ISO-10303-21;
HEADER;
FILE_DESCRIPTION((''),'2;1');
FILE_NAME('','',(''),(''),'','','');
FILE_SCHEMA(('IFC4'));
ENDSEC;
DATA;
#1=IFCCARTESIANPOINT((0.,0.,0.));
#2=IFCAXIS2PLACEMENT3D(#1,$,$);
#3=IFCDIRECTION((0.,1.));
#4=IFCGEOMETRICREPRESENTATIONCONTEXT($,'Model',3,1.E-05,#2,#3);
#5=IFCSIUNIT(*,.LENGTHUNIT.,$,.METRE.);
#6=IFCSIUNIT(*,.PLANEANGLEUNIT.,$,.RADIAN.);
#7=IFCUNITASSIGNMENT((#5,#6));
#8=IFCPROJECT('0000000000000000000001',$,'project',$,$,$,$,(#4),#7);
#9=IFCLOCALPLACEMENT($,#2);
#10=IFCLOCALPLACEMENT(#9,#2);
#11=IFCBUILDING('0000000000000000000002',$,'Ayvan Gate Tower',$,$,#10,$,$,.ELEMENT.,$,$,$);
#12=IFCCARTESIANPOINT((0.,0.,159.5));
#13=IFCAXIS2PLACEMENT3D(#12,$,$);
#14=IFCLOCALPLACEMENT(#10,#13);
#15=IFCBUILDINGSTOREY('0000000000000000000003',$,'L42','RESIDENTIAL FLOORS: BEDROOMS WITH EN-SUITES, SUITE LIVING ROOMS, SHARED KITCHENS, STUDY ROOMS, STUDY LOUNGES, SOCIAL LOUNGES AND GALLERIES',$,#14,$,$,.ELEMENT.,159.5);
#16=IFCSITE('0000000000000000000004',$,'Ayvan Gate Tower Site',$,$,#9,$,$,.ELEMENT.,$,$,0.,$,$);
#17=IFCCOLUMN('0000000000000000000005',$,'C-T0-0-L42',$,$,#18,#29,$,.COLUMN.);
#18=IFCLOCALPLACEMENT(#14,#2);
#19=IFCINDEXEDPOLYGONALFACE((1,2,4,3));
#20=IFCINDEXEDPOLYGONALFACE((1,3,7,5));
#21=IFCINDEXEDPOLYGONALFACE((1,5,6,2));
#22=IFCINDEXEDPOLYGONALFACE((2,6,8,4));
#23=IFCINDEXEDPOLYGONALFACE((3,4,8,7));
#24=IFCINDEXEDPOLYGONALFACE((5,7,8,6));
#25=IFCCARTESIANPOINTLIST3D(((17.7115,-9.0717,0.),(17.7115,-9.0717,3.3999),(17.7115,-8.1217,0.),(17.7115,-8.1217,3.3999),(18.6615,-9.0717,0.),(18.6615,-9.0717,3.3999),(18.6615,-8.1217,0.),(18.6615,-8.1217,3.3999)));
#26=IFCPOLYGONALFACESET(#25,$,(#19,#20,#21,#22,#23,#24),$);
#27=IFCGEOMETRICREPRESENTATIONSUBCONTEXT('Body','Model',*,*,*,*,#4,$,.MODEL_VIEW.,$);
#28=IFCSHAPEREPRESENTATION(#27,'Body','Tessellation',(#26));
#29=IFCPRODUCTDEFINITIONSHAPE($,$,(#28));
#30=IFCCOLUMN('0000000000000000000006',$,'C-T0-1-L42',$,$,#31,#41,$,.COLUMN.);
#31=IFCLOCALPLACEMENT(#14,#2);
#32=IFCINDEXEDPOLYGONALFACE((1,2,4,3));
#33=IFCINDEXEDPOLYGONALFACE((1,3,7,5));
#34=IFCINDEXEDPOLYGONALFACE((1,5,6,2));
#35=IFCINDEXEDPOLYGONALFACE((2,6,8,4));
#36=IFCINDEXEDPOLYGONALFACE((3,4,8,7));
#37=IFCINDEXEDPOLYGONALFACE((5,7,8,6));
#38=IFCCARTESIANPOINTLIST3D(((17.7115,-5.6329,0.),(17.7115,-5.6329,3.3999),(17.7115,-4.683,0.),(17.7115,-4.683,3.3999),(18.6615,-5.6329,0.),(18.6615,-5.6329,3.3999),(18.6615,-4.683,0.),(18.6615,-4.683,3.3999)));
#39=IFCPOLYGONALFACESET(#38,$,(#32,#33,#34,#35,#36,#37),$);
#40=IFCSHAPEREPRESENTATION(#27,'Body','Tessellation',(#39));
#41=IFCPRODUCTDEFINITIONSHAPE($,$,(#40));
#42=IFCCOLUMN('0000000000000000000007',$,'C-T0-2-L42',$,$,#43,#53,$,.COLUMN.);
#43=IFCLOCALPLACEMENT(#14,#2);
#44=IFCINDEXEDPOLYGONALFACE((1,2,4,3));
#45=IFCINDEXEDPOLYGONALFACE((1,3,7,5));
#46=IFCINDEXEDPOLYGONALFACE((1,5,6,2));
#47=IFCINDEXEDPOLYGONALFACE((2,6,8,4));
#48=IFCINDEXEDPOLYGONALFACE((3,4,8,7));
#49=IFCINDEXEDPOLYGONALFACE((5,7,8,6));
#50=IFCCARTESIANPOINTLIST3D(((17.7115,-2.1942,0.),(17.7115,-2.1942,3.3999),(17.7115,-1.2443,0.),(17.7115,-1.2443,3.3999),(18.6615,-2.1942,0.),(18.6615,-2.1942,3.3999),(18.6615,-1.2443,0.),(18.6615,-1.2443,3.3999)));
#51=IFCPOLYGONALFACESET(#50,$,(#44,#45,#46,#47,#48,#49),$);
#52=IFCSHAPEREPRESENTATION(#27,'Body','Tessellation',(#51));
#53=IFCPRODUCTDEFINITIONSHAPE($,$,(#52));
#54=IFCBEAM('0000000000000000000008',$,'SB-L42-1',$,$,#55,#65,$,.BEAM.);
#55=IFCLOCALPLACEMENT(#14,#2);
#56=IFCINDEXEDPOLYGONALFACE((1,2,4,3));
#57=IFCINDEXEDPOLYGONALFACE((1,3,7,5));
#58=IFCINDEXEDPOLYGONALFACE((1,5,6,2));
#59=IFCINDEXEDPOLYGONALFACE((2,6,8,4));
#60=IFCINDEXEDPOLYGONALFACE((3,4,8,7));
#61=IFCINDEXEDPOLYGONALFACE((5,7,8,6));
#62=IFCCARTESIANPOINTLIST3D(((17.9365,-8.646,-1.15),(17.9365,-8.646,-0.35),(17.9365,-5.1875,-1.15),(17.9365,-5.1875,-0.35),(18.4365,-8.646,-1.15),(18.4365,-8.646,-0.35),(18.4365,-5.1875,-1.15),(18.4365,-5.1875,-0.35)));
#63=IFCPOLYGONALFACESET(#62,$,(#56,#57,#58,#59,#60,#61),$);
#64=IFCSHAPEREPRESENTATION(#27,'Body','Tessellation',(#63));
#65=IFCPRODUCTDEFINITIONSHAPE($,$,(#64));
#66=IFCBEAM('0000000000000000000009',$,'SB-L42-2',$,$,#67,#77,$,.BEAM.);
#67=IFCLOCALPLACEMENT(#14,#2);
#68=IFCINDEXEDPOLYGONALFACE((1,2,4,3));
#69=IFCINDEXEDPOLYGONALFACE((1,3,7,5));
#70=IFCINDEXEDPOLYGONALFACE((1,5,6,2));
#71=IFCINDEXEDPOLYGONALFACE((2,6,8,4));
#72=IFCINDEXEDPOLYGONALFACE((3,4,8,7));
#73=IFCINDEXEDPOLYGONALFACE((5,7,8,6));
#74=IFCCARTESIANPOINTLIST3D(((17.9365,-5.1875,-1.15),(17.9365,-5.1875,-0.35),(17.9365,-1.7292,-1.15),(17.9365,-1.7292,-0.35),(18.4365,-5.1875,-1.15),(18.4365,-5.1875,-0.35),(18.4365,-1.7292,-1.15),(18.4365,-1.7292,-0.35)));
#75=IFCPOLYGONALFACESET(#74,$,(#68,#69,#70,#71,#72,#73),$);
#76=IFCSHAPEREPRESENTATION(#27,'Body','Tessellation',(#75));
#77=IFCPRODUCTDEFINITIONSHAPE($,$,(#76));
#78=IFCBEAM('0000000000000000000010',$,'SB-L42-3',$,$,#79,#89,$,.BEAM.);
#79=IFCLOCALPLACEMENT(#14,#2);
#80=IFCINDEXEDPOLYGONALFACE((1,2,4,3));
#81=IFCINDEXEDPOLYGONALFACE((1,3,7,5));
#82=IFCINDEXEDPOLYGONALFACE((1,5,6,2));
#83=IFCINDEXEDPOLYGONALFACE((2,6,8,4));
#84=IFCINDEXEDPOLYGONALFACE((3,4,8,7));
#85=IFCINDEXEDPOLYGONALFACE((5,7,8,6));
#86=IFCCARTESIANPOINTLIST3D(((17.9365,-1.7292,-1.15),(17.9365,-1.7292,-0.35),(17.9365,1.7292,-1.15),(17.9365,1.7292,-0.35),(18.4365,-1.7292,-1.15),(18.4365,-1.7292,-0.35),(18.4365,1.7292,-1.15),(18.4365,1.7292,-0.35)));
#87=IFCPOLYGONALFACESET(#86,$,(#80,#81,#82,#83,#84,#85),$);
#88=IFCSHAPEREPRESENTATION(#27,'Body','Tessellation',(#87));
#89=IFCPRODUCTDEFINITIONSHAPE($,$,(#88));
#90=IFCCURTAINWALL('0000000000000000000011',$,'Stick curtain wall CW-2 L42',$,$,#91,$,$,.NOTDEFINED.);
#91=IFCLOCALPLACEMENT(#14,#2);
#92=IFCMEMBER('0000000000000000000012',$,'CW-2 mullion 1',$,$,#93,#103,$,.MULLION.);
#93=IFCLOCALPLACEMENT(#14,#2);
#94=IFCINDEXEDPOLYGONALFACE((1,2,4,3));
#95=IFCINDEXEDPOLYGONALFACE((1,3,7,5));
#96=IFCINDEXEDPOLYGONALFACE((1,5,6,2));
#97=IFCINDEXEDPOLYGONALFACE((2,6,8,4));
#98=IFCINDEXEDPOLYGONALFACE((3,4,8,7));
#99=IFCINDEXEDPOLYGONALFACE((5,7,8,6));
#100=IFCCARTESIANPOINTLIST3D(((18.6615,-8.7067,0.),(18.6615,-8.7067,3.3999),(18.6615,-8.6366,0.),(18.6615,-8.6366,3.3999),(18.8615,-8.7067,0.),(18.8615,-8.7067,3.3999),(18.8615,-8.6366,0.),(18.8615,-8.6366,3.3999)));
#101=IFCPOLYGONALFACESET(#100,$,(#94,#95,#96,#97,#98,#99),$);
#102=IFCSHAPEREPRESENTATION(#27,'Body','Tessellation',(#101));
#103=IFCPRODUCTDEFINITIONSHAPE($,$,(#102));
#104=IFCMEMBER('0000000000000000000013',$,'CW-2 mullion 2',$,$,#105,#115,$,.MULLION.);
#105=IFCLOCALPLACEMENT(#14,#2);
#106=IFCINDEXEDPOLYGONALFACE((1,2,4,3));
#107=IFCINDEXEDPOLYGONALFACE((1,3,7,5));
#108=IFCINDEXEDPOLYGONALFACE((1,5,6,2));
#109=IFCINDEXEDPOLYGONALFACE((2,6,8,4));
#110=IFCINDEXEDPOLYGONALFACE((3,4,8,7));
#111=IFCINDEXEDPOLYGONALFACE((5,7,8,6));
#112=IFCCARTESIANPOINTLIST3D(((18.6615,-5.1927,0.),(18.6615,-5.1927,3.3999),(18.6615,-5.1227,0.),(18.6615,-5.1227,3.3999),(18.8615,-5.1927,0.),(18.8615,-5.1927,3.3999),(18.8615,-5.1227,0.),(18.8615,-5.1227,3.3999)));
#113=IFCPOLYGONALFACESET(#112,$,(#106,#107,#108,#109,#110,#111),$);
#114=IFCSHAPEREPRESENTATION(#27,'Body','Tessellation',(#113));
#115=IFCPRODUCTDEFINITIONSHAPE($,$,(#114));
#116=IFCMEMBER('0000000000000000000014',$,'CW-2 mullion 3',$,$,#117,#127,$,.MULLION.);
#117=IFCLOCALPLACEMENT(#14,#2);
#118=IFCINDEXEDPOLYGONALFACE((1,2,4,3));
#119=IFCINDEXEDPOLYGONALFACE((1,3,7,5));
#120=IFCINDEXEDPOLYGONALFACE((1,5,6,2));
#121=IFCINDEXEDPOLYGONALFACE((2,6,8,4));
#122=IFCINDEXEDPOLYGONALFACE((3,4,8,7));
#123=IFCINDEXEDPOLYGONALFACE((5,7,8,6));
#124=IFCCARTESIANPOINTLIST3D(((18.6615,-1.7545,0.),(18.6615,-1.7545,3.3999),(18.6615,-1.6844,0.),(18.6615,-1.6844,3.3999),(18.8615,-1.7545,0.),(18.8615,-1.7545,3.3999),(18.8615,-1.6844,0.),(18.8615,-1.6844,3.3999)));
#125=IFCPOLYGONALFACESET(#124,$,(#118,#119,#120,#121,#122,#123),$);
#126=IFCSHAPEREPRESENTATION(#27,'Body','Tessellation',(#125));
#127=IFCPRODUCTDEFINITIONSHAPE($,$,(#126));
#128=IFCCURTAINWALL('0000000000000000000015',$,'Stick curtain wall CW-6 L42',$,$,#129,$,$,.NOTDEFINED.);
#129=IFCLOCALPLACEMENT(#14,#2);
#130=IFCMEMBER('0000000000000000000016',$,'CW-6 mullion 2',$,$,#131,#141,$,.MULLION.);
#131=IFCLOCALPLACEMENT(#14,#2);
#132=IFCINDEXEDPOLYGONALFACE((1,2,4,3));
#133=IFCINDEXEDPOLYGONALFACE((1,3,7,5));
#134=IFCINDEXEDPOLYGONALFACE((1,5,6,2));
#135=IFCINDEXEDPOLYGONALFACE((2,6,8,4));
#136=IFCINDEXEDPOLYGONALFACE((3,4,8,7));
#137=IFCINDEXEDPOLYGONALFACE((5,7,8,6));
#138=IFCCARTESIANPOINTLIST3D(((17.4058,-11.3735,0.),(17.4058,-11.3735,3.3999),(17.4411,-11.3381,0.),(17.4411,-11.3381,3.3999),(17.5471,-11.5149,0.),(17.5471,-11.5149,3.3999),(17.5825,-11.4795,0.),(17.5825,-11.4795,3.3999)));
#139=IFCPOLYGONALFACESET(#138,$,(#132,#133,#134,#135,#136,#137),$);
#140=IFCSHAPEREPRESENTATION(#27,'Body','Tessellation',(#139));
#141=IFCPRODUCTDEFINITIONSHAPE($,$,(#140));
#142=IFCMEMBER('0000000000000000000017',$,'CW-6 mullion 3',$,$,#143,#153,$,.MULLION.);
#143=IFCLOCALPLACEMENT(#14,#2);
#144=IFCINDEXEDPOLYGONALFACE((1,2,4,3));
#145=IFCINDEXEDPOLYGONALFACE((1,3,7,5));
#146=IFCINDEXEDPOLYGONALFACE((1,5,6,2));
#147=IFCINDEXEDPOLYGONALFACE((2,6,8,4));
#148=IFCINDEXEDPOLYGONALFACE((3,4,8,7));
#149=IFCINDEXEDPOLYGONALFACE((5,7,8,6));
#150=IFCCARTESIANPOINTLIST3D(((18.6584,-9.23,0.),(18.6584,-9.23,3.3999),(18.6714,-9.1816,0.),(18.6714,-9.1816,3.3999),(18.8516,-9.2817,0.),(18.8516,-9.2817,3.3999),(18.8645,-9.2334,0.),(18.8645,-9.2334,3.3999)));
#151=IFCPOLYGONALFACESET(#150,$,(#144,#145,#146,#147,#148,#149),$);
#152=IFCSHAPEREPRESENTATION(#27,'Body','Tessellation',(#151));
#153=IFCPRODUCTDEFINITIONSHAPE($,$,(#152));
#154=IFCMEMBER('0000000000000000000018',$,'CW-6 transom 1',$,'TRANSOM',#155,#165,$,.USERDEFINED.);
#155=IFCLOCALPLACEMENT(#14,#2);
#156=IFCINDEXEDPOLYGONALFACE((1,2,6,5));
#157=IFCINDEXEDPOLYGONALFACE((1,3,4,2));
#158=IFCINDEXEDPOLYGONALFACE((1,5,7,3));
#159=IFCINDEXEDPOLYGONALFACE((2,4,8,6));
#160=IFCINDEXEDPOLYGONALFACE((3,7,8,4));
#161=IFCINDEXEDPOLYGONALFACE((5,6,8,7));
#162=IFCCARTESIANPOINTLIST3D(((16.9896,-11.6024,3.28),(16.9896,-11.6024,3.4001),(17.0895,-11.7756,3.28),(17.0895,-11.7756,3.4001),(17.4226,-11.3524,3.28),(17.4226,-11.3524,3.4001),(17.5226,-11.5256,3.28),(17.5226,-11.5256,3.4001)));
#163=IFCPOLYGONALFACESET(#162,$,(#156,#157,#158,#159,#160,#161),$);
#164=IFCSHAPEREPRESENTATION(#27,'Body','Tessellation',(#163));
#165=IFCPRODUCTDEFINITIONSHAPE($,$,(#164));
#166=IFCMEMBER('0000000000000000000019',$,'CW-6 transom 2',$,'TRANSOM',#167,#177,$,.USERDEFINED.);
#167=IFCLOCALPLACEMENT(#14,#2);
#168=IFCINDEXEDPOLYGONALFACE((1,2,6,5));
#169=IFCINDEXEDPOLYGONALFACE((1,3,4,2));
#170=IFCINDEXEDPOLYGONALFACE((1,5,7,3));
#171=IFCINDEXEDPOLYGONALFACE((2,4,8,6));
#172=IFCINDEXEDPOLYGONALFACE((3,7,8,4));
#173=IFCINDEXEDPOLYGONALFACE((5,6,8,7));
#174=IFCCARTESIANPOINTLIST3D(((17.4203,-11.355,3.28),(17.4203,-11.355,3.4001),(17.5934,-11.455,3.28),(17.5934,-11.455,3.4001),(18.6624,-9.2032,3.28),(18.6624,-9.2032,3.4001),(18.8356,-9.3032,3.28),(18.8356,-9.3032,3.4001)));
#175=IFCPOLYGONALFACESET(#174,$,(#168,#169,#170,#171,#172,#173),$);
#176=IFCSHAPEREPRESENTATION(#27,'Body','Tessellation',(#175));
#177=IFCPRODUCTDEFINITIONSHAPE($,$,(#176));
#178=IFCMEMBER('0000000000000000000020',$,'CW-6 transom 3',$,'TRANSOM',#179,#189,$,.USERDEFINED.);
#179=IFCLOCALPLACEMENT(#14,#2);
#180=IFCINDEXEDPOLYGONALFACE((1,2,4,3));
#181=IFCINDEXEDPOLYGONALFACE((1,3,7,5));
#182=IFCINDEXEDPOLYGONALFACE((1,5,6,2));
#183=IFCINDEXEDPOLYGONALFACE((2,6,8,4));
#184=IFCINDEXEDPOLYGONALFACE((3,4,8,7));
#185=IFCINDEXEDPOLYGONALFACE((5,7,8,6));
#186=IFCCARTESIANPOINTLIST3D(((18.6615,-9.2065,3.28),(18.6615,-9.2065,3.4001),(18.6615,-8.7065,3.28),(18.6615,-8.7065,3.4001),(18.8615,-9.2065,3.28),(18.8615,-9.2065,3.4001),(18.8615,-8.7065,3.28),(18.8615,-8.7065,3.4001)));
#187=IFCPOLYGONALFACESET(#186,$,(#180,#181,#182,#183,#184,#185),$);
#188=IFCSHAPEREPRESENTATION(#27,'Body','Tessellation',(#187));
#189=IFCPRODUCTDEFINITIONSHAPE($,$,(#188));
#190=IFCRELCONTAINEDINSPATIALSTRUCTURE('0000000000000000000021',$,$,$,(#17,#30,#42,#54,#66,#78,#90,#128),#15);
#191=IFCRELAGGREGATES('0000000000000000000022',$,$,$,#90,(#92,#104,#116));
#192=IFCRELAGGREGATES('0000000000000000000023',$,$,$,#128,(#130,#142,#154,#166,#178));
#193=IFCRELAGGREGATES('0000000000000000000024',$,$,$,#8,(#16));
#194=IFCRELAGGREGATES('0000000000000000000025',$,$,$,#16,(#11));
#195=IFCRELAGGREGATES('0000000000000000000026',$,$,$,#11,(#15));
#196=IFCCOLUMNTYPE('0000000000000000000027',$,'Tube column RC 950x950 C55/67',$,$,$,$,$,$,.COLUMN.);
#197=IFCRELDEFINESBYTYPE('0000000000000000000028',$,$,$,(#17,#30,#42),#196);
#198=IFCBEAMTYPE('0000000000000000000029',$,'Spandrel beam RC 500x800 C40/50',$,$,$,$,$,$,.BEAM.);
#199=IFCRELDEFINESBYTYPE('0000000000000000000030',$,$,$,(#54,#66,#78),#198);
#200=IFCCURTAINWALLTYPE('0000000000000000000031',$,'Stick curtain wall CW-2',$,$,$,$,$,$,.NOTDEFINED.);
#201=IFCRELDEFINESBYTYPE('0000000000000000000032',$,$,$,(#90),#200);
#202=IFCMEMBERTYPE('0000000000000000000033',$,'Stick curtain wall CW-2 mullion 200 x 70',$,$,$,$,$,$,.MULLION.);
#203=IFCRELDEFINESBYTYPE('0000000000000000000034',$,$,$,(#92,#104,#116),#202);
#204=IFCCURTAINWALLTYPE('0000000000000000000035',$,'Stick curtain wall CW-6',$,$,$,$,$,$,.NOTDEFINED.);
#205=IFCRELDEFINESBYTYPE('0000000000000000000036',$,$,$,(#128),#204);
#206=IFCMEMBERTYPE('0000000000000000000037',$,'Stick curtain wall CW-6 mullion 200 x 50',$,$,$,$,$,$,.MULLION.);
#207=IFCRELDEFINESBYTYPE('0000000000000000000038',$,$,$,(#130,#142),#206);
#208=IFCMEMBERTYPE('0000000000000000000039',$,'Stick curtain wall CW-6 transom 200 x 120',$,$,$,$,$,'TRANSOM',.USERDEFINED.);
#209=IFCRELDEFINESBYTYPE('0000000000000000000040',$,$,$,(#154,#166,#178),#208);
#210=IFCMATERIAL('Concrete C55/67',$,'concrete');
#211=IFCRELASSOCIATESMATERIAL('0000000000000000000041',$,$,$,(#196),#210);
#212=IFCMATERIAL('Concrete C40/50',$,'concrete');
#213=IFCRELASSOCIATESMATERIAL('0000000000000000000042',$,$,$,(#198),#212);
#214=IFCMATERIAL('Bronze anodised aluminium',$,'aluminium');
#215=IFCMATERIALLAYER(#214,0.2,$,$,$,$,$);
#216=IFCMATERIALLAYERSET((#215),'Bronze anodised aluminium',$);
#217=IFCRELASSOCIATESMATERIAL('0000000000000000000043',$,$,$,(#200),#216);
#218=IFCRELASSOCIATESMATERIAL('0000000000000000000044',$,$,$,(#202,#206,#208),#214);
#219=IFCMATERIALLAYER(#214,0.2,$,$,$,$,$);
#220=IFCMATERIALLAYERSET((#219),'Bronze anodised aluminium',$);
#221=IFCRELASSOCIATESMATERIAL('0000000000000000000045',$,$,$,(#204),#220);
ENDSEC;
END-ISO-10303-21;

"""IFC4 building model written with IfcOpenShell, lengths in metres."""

from ifc_helpers import new_model, si_unit, direction, frame, origin, origin_2d, place, context, subcontext, project, spatial, rectangle, extrude, material, layer, layer_set, material_profile, profile_set, type_object, element, aggregate, save


model = new_model("IFC4")

# Units and contexts
model_context = context("Model", 3, precision=1e-05, world=origin(), true_north=direction((0.0, 1.0)))
body_context = subcontext(model_context, "Body", "Model", "MODEL_VIEW")
ifc_project = project(units=[si_unit("LENGTHUNIT", "METRE"), si_unit("PLANEANGLEUNIT", "RADIAN")], contexts=[model_context])

# Site, building, storey
site_placement = place(None, origin())
site = spatial("IfcSite", under=ifc_project, at=site_placement, Name="Ayvan Gate Tower Site", CompositionType="ELEMENT", RefElevation=0.0)
building_placement = place(site_placement, origin())
building = spatial("IfcBuilding", under=site, at=building_placement, Name="Ayvan Gate Tower", CompositionType="ELEMENT")
storey_placement = place(building_placement, frame((0.0, 0.0, 159.5)))
storey = spatial("IfcBuildingStorey", under=building, at=storey_placement, Name="L42", Description="RESIDENTIAL FLOORS: BEDROOMS WITH EN-SUITES, SUITE LIVING ROOMS, SHARED KITCHENS, STUDY ROOMS, STUDY LOUNGES, SOCIAL LOUNGES AND GALLERIES", CompositionType="ELEMENT", Elevation=159.5)

# Columns
ifc_material_1 = material(Name="Concrete C55/67", Category="concrete")
ifc_material_profile_1 = material_profile(ifc_material_1, rectangle(XDim=0.95, YDim=0.95, at=origin_2d()), Name="RC 950x950")
ifc_profile_set_1 = profile_set([ifc_material_profile_1], Name="Concrete C55/67")
column_type = type_object("IfcColumnType", Name="Tube column RC 950x950 C55/67", PredefinedType="COLUMN", material=ifc_profile_set_1)
for number, where, z_axis, x_axis, name in (
    (1, (18.1865, -8.5967, 0.0), (0.0, 0.0, 1.0), (1.0, 0.0, 0.0), "C-T0-0-L42"),
    (2, (18.1865, -5.158, 0.0), (0.0, 0.0, 1.0), (1.0, 0.0, 0.0), "C-T0-1-L42"),
    (3, (18.1865, -1.7192, 0.0), (0.0, 0.0, 1.0), (1.0, 0.0, 0.0), "C-T0-2-L42"),
):
    element("IfcColumn", number, at=place(storey_placement, frame(where, z_axis=z_axis, x_axis=x_axis)), inside=storey, type_object=column_type, Name=name, PredefinedType="COLUMN", context=body_context, shape_type="SweptSolid", body=[
        extrude(rectangle(XDim=0.95, YDim=0.95, at=origin_2d()), origin(), (0.0, 0.0, 1.0), 3.3999),
    ])

# Beams
ifc_material_2 = material(Name="Concrete C40/50", Category="concrete")
ifc_material_profile_2 = material_profile(ifc_material_2, rectangle(XDim=0.5, YDim=0.8, at=origin_2d()), Name="RC 500x800")
ifc_profile_set_2 = profile_set([ifc_material_profile_2], Name="Concrete C40/50")
beam_type = type_object("IfcBeamType", Name="Spandrel beam RC 500x800 C40/50", PredefinedType="BEAM", material=ifc_profile_set_2)
beam_1_placement = place(storey_placement, frame((18.1865, -8.646, -0.75), z_axis=(0.0, 1.0, 0.0), x_axis=(-1.0, 0.0, 0.0)))
element("IfcBeam", 4, at=beam_1_placement, inside=storey, type_object=beam_type, Name="SB-L42-1", PredefinedType="BEAM", context=body_context, shape_type="SweptSolid", body=[
    extrude(rectangle(XDim=0.5, YDim=0.8, at=origin_2d()), origin(), (0.0, 0.0, 1.0), 3.4585),
])
beam_2_placement = place(storey_placement, frame((18.1865, -5.1875, -0.75), z_axis=(0.0, 1.0, 0.0), x_axis=(-1.0, 0.0, 0.0)))
element("IfcBeam", 5, at=beam_2_placement, inside=storey, type_object=beam_type, Name="SB-L42-2", PredefinedType="BEAM", context=body_context, shape_type="SweptSolid", body=[
    extrude(rectangle(XDim=0.5, YDim=0.8, at=origin_2d()), origin(), (0.0, 0.0, 1.0), 3.4583),
])
beam_3_placement = place(storey_placement, frame((18.1865, -1.7292, -0.75), z_axis=(0.0, 1.0, 0.0), x_axis=(-1.0, 0.0, 0.0)))
element("IfcBeam", 6, at=beam_3_placement, inside=storey, type_object=beam_type, Name="SB-L42-3", PredefinedType="BEAM", context=body_context, shape_type="SweptSolid", body=[
    extrude(rectangle(XDim=0.5, YDim=0.8, at=origin_2d()), origin(), (0.0, 0.0, 1.0), 3.4585),
])

# Curtain walls, members
ifc_material_3 = material(Name="Bronze anodised aluminium", Category="aluminium")
ifc_layer_1 = layer(ifc_material_3, 0.2)
ifc_layer_set_1 = layer_set([ifc_layer_1], Name="Bronze anodised aluminium")
curtain_wall_type_1 = type_object("IfcCurtainWallType", Name="Stick curtain wall CW-2", PredefinedType="NOTDEFINED", material=ifc_layer_set_1)
curtain_wall_1_placement = place(storey_placement, origin())
curtain_wall_1 = element("IfcCurtainWall", 7, at=curtain_wall_1_placement, inside=storey, type_object=curtain_wall_type_1, Name="Stick curtain wall CW-2 L42", PredefinedType="NOTDEFINED")
ifc_material_profile_3 = material_profile(ifc_material_3, rectangle(XDim=0.2, YDim=0.0701, at=origin_2d()), Name="Stick curtain wall CW-2 mullion 200 x 70")
ifc_profile_set_3 = profile_set([ifc_material_profile_3], Name="Bronze anodised aluminium")
member_type_1 = type_object("IfcMemberType", Name="Stick curtain wall CW-2 mullion 200 x 70", PredefinedType="MULLION", material=ifc_profile_set_3)
member_1_placement = place(storey_placement, frame((18.7615, -8.6716, 0.0), z_axis=(0.0, 0.0, 1.0), x_axis=(1.0, 0.0, 0.0)))
member_1 = element("IfcMember", 8, at=member_1_placement, type_object=member_type_1, Name="CW-2 mullion 1", PredefinedType="MULLION", context=body_context, shape_type="SweptSolid", body=[
    extrude(rectangle(XDim=0.2, YDim=0.0701, at=origin_2d()), origin(), (0.0, 0.0, 1.0), 3.3999),
])
member_2_placement = place(storey_placement, frame((18.7615, -5.1577, 0.0), z_axis=(0.0, 0.0, 1.0), x_axis=(1.0, 0.0, 0.0)))
member_2 = element("IfcMember", 9, at=member_2_placement, type_object=member_type_1, Name="CW-2 mullion 2", PredefinedType="MULLION", context=body_context, shape_type="SweptSolid", body=[
    extrude(rectangle(XDim=0.2, YDim=0.0701, at=origin_2d()), origin(), (0.0, 0.0, 1.0), 3.3999),
])
member_3_placement = place(storey_placement, frame((18.7615, -1.7195, 0.0), z_axis=(0.0, 0.0, 1.0), x_axis=(1.0, 0.0, 0.0)))
member_3 = element("IfcMember", 10, at=member_3_placement, type_object=member_type_1, Name="CW-2 mullion 3", PredefinedType="MULLION", context=body_context, shape_type="SweptSolid", body=[
    extrude(rectangle(XDim=0.2, YDim=0.0701, at=origin_2d()), origin(), (0.0, 0.0, 1.0), 3.3999),
])
ifc_layer_2 = layer(ifc_material_3, 0.2)
ifc_layer_set_2 = layer_set([ifc_layer_2], Name="Bronze anodised aluminium")
curtain_wall_type_2 = type_object("IfcCurtainWallType", Name="Stick curtain wall CW-6", PredefinedType="NOTDEFINED", material=ifc_layer_set_2)
curtain_wall_2_placement = place(storey_placement, origin())
curtain_wall_2 = element("IfcCurtainWall", 11, at=curtain_wall_2_placement, inside=storey, type_object=curtain_wall_type_2, Name="Stick curtain wall CW-6 L42", PredefinedType="NOTDEFINED")
ifc_material_profile_4 = material_profile(ifc_material_3, rectangle(XDim=0.2, YDim=0.05, at=origin_2d()), Name="Stick curtain wall CW-6 mullion 200 x 50")
ifc_profile_set_4 = profile_set([ifc_material_profile_4], Name="Bronze anodised aluminium")
member_type_2 = type_object("IfcMemberType", Name="Stick curtain wall CW-6 mullion 200 x 50", PredefinedType="MULLION", material=ifc_profile_set_4)
member_4_placement = place(storey_placement, frame((17.4941, -11.4265, 0.0), z_axis=(0.0, 0.0, 1.0), x_axis=(0.707107, -0.707107, 0.0)))
member_4 = element("IfcMember", 12, at=member_4_placement, type_object=member_type_2, Name="CW-6 mullion 2", PredefinedType="MULLION", context=body_context, shape_type="SweptSolid", body=[
    extrude(rectangle(XDim=0.2, YDim=0.05, at=origin_2d()), origin(), (0.0, 0.0, 1.0), 3.3999),
])
member_5_placement = place(storey_placement, frame((18.7615, -9.2317, 0.0), z_axis=(0.0, 0.0, 1.0), x_axis=(0.965926, -0.258819, 0.0)))
member_5 = element("IfcMember", 13, at=member_5_placement, type_object=member_type_2, Name="CW-6 mullion 3", PredefinedType="MULLION", context=body_context, shape_type="SweptSolid", body=[
    extrude(rectangle(XDim=0.2, YDim=0.05, at=origin_2d()), origin(), (0.0, 0.0, 1.0), 3.3999),
])
ifc_material_profile_5 = material_profile(ifc_material_3, rectangle(XDim=0.2, YDim=0.1201, at=origin_2d()), Name="Stick curtain wall CW-6 transom 200 x 120")
ifc_profile_set_5 = profile_set([ifc_material_profile_5], Name="Bronze anodised aluminium")
member_type_3 = type_object("IfcMemberType", Name="Stick curtain wall CW-6 transom 200 x 120", ElementType="TRANSOM", PredefinedType="USERDEFINED", material=ifc_profile_set_5)
member_6_placement = place(storey_placement, frame((17.0396, -11.689, 3.3401), z_axis=(0.866072, 0.49992, 0.0), x_axis=(-0.49992, 0.866072, 0.0)))
member_6 = element("IfcMember", 14, at=member_6_placement, type_object=member_type_3, Name="CW-6 transom 1", ObjectType="TRANSOM", PredefinedType="USERDEFINED", context=body_context, shape_type="SweptSolid", body=[
    extrude(rectangle(XDim=0.2, YDim=0.1201, at=origin_2d()), origin(), (0.0, 0.0, 1.0), 0.5),
])
member_7_placement = place(storey_placement, frame((17.5068, -11.405, 3.3401), z_axis=(0.499944, 0.866058, 0.0), x_axis=(-0.866058, 0.499944, 0.0)))
member_7 = element("IfcMember", 15, at=member_7_placement, type_object=member_type_3, Name="CW-6 transom 2", ObjectType="TRANSOM", PredefinedType="USERDEFINED", context=body_context, shape_type="SweptSolid", body=[
    extrude(rectangle(XDim=0.2, YDim=0.1201, at=origin_2d()), origin(), (0.0, 0.0, 1.0), 2.4846),
])
member_8_placement = place(storey_placement, frame((18.7615, -9.2065, 3.3401), z_axis=(0.0, 1.0, 0.0), x_axis=(-1.0, 0.0, 0.0)))
member_8 = element("IfcMember", 16, at=member_8_placement, type_object=member_type_3, Name="CW-6 transom 3", ObjectType="TRANSOM", PredefinedType="USERDEFINED", context=body_context, shape_type="SweptSolid", body=[
    extrude(rectangle(XDim=0.2, YDim=0.1201, at=origin_2d()), origin(), (0.0, 0.0, 1.0), 0.5),
])

aggregate(curtain_wall_1, [member_1, member_2, member_3])
aggregate(curtain_wall_2, [member_4, member_5, member_6, member_7, member_8])

save(model, "model.ifc")
